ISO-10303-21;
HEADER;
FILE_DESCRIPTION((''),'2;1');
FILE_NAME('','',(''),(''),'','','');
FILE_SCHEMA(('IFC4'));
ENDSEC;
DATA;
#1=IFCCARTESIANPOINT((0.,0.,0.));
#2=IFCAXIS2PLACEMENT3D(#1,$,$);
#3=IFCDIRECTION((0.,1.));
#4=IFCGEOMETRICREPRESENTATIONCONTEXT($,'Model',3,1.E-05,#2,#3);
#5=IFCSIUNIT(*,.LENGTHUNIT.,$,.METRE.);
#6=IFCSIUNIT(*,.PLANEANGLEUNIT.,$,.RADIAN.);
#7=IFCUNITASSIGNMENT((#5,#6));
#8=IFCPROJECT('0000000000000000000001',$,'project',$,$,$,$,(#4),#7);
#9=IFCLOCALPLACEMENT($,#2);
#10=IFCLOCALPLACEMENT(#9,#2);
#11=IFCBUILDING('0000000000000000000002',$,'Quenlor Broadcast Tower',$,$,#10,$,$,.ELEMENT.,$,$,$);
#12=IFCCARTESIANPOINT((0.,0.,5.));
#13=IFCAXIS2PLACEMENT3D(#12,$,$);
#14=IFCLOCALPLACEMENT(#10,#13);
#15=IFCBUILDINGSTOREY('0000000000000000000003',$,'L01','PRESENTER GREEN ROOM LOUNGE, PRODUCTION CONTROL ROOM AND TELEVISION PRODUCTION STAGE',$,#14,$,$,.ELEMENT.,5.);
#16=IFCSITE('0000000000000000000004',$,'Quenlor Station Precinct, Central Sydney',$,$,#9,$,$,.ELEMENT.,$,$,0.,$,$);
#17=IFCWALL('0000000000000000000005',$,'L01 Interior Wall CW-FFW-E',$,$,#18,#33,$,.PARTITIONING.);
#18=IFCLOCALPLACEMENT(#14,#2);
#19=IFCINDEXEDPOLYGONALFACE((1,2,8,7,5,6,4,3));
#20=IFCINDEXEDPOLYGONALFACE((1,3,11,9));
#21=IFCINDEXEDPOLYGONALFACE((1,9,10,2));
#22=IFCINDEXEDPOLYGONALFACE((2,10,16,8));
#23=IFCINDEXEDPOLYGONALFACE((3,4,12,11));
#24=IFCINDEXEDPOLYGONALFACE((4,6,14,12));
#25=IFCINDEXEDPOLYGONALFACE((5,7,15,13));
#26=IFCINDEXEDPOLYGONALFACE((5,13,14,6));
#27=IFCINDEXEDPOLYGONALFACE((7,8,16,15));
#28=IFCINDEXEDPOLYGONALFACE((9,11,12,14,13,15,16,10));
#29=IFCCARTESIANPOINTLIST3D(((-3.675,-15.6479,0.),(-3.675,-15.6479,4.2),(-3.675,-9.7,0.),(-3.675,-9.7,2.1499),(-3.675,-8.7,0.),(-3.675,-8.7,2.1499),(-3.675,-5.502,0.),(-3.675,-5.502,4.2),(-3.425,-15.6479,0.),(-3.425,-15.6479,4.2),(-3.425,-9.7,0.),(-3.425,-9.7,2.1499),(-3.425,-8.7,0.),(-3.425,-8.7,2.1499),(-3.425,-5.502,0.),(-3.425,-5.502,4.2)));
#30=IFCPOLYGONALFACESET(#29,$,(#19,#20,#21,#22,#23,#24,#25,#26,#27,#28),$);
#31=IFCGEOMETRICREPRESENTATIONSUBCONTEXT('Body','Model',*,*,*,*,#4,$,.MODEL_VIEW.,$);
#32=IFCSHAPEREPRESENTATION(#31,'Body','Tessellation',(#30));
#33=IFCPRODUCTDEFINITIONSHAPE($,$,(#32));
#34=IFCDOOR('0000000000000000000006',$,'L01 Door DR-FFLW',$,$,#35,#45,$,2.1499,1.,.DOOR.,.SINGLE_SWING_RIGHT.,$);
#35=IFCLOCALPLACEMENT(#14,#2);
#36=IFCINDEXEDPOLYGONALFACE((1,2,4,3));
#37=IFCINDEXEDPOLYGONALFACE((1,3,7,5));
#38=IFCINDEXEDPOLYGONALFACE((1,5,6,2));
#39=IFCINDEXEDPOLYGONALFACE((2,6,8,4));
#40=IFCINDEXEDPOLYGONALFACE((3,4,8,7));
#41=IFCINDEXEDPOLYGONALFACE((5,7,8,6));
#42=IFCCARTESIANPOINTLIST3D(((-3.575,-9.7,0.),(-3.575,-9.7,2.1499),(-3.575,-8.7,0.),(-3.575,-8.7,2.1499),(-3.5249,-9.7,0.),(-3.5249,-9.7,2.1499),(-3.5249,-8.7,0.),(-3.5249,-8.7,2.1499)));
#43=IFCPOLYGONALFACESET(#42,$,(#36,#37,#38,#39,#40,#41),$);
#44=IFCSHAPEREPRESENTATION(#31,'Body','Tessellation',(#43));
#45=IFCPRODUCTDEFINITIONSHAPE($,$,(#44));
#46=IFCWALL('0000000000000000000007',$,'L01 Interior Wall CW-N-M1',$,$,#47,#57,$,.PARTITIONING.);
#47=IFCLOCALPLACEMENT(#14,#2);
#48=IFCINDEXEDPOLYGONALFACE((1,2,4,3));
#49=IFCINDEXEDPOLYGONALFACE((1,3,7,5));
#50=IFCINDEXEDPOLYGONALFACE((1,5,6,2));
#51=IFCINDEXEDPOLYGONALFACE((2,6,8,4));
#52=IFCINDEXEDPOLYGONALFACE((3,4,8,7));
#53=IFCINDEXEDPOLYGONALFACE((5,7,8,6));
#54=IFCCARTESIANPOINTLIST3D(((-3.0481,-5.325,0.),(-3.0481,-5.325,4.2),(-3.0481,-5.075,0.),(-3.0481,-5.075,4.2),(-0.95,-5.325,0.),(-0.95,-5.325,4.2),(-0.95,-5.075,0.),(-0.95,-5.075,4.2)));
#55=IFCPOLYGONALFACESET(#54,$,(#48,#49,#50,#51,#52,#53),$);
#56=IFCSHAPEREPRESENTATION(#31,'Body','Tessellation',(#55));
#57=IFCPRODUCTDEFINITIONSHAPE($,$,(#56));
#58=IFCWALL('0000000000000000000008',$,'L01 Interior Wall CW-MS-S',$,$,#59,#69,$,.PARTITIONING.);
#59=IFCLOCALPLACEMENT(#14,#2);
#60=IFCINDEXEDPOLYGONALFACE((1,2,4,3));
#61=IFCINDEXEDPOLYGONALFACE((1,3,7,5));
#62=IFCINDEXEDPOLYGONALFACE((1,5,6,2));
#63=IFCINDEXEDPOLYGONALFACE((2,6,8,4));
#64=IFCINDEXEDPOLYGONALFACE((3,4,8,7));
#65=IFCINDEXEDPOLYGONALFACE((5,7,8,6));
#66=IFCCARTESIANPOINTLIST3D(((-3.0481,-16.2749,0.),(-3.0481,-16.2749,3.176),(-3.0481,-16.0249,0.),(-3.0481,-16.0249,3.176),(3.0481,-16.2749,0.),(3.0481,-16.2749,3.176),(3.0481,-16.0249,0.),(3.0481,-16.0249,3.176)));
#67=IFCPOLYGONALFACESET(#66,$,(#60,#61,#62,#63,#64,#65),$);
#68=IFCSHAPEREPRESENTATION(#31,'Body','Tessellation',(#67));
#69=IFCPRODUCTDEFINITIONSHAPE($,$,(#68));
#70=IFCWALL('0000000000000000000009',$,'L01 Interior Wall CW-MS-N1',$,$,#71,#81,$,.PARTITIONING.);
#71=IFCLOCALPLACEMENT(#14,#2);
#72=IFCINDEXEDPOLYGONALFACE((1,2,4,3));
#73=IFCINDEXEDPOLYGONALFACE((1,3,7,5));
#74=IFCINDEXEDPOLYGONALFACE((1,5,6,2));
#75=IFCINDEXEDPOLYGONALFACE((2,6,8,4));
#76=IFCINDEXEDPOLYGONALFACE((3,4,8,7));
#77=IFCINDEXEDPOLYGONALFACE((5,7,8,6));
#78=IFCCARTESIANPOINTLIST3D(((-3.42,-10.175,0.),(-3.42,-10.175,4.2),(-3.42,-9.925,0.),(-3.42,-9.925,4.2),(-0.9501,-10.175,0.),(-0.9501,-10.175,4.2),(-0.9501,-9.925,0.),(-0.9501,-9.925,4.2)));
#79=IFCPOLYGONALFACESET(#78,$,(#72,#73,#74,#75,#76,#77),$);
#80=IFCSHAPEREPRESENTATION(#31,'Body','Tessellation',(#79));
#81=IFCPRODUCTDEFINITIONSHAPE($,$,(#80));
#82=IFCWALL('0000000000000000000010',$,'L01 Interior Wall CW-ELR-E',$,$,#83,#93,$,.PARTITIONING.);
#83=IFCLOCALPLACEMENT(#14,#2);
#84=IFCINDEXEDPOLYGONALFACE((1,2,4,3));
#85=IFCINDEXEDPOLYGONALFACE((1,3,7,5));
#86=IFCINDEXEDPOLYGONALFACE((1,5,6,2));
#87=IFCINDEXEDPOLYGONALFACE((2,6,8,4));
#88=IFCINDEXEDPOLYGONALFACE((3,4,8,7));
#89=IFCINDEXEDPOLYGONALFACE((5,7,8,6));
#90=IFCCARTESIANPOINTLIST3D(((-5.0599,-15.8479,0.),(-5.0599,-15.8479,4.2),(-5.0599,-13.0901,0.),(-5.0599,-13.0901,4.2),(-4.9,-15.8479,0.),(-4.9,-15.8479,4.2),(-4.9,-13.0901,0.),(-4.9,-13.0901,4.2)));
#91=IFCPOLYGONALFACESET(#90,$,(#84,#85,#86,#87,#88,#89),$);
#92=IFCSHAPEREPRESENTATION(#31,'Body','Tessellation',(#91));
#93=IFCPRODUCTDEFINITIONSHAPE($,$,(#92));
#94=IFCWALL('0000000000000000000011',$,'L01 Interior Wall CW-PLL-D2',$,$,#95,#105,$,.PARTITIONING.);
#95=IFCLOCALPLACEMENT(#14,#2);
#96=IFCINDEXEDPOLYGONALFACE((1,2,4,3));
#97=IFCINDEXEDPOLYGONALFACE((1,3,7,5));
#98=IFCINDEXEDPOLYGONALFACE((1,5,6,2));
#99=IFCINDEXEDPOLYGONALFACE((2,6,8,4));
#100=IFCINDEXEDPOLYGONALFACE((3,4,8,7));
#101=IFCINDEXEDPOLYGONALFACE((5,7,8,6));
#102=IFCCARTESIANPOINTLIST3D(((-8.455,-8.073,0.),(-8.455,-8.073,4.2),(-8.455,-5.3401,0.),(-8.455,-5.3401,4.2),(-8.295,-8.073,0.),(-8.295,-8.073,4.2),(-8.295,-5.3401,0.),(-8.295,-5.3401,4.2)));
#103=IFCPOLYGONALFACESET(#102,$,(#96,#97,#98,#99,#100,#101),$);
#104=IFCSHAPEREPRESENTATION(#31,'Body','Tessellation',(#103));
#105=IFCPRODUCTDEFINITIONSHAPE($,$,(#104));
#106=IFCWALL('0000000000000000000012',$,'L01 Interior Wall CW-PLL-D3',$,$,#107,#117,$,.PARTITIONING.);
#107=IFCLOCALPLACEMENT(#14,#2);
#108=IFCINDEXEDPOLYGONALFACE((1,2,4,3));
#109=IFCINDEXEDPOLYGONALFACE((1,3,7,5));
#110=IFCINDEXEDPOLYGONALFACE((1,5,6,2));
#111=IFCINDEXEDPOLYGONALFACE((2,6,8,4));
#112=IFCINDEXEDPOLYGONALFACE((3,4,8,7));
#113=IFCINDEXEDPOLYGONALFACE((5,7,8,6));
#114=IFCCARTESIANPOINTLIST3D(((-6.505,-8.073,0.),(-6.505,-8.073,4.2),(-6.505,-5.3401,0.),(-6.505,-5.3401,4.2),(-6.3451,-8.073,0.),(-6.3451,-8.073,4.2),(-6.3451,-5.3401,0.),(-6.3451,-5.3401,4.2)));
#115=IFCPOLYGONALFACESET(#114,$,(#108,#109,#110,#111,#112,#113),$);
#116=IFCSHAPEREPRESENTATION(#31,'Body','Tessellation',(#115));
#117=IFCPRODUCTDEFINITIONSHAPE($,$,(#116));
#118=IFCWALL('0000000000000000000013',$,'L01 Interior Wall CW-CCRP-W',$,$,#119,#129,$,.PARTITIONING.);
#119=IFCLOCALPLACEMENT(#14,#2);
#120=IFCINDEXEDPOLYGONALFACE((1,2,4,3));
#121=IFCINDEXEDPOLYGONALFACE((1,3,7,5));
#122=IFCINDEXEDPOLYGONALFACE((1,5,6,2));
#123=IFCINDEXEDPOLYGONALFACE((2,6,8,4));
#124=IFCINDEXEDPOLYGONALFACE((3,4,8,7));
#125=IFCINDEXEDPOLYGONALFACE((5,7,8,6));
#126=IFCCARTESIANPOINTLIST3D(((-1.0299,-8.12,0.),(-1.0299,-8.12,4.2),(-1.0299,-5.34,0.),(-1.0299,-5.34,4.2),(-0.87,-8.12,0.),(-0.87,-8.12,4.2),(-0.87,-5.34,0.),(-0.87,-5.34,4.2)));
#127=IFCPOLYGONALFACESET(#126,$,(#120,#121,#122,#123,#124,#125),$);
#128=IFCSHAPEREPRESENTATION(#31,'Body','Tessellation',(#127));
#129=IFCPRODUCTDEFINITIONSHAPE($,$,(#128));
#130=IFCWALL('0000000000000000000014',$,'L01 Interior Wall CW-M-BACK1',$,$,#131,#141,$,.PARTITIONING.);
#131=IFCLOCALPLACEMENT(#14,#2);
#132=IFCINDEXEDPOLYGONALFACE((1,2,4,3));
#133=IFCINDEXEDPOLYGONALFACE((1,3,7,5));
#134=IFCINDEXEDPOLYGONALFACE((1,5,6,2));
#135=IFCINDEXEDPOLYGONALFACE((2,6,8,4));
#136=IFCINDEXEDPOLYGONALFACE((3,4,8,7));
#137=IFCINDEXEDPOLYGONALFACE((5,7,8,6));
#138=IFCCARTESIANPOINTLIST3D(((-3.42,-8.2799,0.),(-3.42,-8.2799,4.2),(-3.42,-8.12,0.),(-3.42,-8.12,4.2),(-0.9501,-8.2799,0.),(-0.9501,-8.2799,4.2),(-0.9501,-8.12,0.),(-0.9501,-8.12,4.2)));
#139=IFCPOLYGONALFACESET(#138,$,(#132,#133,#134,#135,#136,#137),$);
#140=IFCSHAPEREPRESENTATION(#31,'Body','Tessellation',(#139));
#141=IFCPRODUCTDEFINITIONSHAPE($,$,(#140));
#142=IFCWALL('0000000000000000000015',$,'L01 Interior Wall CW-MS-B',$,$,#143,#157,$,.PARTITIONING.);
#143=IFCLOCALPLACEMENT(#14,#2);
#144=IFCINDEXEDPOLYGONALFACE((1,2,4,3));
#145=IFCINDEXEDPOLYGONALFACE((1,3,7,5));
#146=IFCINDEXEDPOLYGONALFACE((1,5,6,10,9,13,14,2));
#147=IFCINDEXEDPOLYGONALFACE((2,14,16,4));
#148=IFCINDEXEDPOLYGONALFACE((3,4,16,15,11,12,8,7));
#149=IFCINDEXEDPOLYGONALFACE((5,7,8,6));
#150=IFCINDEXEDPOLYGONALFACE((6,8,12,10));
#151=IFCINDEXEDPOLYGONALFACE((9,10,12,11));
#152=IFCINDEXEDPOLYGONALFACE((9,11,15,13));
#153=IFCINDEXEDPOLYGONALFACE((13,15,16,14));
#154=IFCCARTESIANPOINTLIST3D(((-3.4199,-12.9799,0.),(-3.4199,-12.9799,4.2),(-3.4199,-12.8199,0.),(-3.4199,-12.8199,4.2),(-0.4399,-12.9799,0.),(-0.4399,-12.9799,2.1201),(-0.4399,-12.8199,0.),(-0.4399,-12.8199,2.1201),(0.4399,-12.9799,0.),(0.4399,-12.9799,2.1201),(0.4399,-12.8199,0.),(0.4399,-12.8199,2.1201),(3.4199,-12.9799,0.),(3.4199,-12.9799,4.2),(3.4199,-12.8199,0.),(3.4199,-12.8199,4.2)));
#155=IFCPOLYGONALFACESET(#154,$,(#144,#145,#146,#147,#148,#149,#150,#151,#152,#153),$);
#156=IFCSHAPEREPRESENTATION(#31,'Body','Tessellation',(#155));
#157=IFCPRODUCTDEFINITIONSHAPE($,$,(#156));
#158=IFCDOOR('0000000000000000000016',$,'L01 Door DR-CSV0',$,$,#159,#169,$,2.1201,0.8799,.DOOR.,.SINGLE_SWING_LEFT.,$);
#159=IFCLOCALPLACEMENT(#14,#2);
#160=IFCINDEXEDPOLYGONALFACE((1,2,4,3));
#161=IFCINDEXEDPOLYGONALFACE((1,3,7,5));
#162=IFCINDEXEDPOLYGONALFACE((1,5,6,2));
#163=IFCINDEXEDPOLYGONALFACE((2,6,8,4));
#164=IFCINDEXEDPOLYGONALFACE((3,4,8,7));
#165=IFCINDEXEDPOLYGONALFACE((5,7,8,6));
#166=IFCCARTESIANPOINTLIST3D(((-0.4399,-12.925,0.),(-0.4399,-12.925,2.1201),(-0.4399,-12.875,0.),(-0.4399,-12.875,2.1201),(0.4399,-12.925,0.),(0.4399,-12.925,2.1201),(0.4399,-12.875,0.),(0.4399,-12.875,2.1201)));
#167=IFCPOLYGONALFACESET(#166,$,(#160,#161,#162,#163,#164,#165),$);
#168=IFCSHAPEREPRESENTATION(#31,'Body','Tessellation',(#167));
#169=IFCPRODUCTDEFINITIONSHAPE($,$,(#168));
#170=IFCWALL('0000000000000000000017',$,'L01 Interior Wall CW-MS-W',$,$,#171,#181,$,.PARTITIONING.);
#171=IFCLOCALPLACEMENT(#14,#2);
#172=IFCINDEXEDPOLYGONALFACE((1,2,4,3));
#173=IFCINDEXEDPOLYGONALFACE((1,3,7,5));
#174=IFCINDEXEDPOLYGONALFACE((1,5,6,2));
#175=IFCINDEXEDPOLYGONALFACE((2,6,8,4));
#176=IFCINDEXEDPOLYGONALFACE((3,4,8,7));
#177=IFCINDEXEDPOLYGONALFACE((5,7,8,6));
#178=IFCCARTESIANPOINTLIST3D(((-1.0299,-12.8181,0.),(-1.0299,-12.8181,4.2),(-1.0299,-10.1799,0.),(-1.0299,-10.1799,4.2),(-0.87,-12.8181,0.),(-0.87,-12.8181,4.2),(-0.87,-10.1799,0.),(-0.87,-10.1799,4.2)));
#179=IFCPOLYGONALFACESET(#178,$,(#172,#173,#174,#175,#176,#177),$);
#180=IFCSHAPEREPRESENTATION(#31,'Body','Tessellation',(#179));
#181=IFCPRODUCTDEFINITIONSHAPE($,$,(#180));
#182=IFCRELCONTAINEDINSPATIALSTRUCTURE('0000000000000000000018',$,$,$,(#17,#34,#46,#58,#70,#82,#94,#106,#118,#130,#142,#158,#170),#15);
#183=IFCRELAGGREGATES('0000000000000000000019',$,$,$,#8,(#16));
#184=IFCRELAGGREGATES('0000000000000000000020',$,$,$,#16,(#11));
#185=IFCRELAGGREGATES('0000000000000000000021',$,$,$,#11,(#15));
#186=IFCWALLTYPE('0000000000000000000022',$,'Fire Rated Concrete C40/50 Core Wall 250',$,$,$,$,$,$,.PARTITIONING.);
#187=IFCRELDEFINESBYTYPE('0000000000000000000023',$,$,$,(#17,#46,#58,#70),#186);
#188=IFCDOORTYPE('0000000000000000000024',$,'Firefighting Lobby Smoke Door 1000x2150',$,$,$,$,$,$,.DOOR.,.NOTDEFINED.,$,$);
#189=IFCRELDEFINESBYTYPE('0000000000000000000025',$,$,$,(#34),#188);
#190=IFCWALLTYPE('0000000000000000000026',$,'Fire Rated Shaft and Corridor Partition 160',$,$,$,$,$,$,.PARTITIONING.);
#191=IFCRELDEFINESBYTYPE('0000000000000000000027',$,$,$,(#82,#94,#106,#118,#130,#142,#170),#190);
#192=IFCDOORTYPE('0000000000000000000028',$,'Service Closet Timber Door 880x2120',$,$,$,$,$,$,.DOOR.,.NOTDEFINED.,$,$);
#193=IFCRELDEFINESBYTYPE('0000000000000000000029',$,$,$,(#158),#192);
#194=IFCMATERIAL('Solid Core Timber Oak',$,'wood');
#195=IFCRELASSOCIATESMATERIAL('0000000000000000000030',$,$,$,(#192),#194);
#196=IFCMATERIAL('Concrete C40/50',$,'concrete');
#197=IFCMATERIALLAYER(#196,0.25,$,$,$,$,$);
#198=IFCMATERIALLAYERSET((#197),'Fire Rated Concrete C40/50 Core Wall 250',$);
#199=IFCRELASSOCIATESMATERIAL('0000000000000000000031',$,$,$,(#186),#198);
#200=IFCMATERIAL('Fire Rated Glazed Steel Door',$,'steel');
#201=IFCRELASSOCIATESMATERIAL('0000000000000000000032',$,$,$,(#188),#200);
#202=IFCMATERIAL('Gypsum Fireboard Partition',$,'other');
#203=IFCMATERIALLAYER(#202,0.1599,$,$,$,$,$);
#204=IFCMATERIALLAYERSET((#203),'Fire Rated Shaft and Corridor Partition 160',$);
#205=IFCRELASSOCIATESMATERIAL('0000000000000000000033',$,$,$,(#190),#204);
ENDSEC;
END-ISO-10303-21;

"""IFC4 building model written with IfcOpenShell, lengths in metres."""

from ifc_helpers import new_model, si_unit, direction, frame, frame_2d, origin, place, context, subcontext, project, spatial, rectangle, extrude, material, layer, layer_set, type_object, element, fill, save


model = new_model("IFC4")

# Units and contexts
model_context = context("Model", 3, precision=1e-05, world=origin(), true_north=direction((0.0, 1.0)))
body_context = subcontext(model_context, "Body", "Model", "MODEL_VIEW")
ifc_project = project(units=[si_unit("LENGTHUNIT", "METRE"), si_unit("PLANEANGLEUNIT", "RADIAN")], contexts=[model_context])

# Site, building, storey
site_placement = place(None, origin())
site = spatial("IfcSite", under=ifc_project, at=site_placement, Name="Quenlor Station Precinct, Central Sydney", CompositionType="ELEMENT", RefElevation=0.0)
building_placement = place(site_placement, origin())
building = spatial("IfcBuilding", under=site, at=building_placement, Name="Quenlor Broadcast Tower", CompositionType="ELEMENT")
storey_placement = place(building_placement, frame((0.0, 0.0, 5.0)))
storey = spatial("IfcBuildingStorey", under=building, at=storey_placement, Name="L01", Description="PRESENTER GREEN ROOM LOUNGE, PRODUCTION CONTROL ROOM AND TELEVISION PRODUCTION STAGE", CompositionType="ELEMENT", Elevation=5.0)

# Shared definitions
ifc_material_1 = material(Name="Solid Core Timber Oak", Category="wood")
door_type_1 = type_object("IfcDoorType", Name="Service Closet Timber Door 880x2120", OperationType="NOTDEFINED", PredefinedType="DOOR", material=ifc_material_1)

# Shared definitions
ifc_material_2 = material(Name="Concrete C40/50", Category="concrete")
ifc_layer_1 = layer(ifc_material_2, 0.25)
ifc_layer_set_1 = layer_set([ifc_layer_1], Name="Fire Rated Concrete C40/50 Core Wall 250")
wall_type_1 = type_object("IfcWallType", Name="Fire Rated Concrete C40/50 Core Wall 250", PredefinedType="PARTITIONING", material=ifc_layer_set_1)

# Wall, opening, door
wall_1_placement = place(storey_placement, frame((-3.55, -15.6479, 0.0), z_axis=(0.0, 0.0, 1.0), x_axis=(0.0, 1.0, 0.0)))
wall_1 = element("IfcWall", 1, at=wall_1_placement, inside=storey, type_object=wall_type_1, Name="L01 Interior Wall CW-FFW-E", PredefinedType="PARTITIONING", context=body_context, shape_type="SweptSolid", body=[
    extrude(rectangle(XDim=10.146, YDim=0.25, at=frame_2d((5.073, 0.0))), origin(), (0.0, 0.0, 1.0), 4.2),
])
opening_1_placement = place(wall_1_placement, frame((5.948, 0.0, 0.0)))
opening_1 = element("IfcOpeningElement", 2, at=opening_1_placement, cuts=wall_1, PredefinedType="OPENING", context=body_context, shape_type="SweptSolid", body=[
    extrude(rectangle(XDim=1.0, YDim=2.1499, at=frame_2d((0.5, 1.075))), frame((0.0, 0.135, 0.0), z_axis=(0.0, -1.0, 0.0), x_axis=(1.0, 0.0, 0.0)), (0.0, 0.0, 1.0), 0.27),
])
ifc_material_3 = material(Name="Fire Rated Glazed Steel Door", Category="steel")
door_type_2 = type_object("IfcDoorType", Name="Firefighting Lobby Smoke Door 1000x2150", OperationType="NOTDEFINED", PredefinedType="DOOR", material=ifc_material_3)
door_1_placement = place(opening_1_placement, origin())
door_1 = element("IfcDoor", 3, at=door_1_placement, inside=storey, type_object=door_type_2, Name="L01 Door DR-FFLW", OperationType="SINGLE_SWING_RIGHT", OverallHeight=2.1499, OverallWidth=1.0, PredefinedType="DOOR", context=body_context, shape_type="SweptSolid", body=[
    extrude(rectangle(XDim=1.0, YDim=2.1499, at=frame_2d((0.5, 1.075))), frame((0.0, 0.0249, 0.0), z_axis=(0.0, -1.0, 0.0), x_axis=(1.0, 0.0, 0.0)), (0.0, 0.0, 1.0), 0.05),
])
fill(opening_1, door_1)

# Walls
wall_2_placement = place(storey_placement, frame((-3.0481, -5.2, 0.0), z_axis=(0.0, 0.0, 1.0), x_axis=(1.0, 0.0, 0.0)))
element("IfcWall", 4, at=wall_2_placement, inside=storey, type_object=wall_type_1, Name="L01 Interior Wall CW-N-M1", PredefinedType="PARTITIONING", context=body_context, shape_type="SweptSolid", body=[
    extrude(rectangle(XDim=2.0981, YDim=0.25, at=frame_2d((1.0491, 0.0))), origin(), (0.0, 0.0, 1.0), 4.2),
])
wall_3_placement = place(storey_placement, frame((-3.0481, -16.1499, 0.0), z_axis=(0.0, 0.0, 1.0), x_axis=(1.0, 0.0, 0.0)))
element("IfcWall", 5, at=wall_3_placement, inside=storey, type_object=wall_type_1, Name="L01 Interior Wall CW-MS-S", PredefinedType="PARTITIONING", context=body_context, shape_type="SweptSolid", body=[
    extrude(rectangle(XDim=6.0962, YDim=0.25, at=frame_2d((3.0481, 0.0))), origin(), (0.0, 0.0, 1.0), 3.176),
])
wall_4_placement = place(storey_placement, frame((-3.4199, -10.05, 0.0), z_axis=(0.0, 0.0, 1.0), x_axis=(1.0, 0.0, 0.0)))
element("IfcWall", 6, at=wall_4_placement, inside=storey, type_object=wall_type_1, Name="L01 Interior Wall CW-MS-N1", PredefinedType="PARTITIONING", context=body_context, shape_type="SweptSolid", body=[
    extrude(rectangle(XDim=2.47, YDim=0.25, at=frame_2d((1.2349, 0.0))), origin(), (0.0, 0.0, 1.0), 4.2),
])
ifc_material_4 = material(Name="Gypsum Fireboard Partition", Category="other")
ifc_layer_2 = layer(ifc_material_4, 0.1599)
ifc_layer_set_2 = layer_set([ifc_layer_2], Name="Fire Rated Shaft and Corridor Partition 160")
wall_type_2 = type_object("IfcWallType", Name="Fire Rated Shaft and Corridor Partition 160", PredefinedType="PARTITIONING", material=ifc_layer_set_2)
wall_5_placement = place(storey_placement, frame((-4.98, -15.8479, 0.0), z_axis=(0.0, 0.0, 1.0), x_axis=(0.0, 1.0, 0.0)))
element("IfcWall", 7, at=wall_5_placement, inside=storey, type_object=wall_type_2, Name="L01 Interior Wall CW-ELR-E", PredefinedType="PARTITIONING", context=body_context, shape_type="SweptSolid", body=[
    extrude(rectangle(XDim=2.7578, YDim=0.1599, at=frame_2d((1.3789, 0.0))), origin(), (0.0, 0.0, 1.0), 4.2),
])
for number, where, z_axis, x_axis, name in (
    (8, (-8.375, -8.073, 0.0), (0.0, 0.0, 1.0), (0.0, 1.0, 0.0), "L01 Interior Wall CW-PLL-D2"),
    (9, (-6.425, -8.073, 0.0), (0.0, 0.0, 1.0), (0.0, 1.0, 0.0), "L01 Interior Wall CW-PLL-D3"),
):
    element("IfcWall", number, at=place(storey_placement, frame(where, z_axis=z_axis, x_axis=x_axis)), inside=storey, type_object=wall_type_2, Name=name, PredefinedType="PARTITIONING", context=body_context, shape_type="SweptSolid", body=[
        extrude(rectangle(XDim=2.7329, YDim=0.1599, at=frame_2d((1.3665, 0.0))), origin(), (0.0, 0.0, 1.0), 4.2),
    ])
wall_6_placement = place(storey_placement, frame((-0.95, -8.1201, 0.0), z_axis=(0.0, 0.0, 1.0), x_axis=(0.0, 1.0, 0.0)))
element("IfcWall", 10, at=wall_6_placement, inside=storey, type_object=wall_type_2, Name="L01 Interior Wall CW-CCRP-W", PredefinedType="PARTITIONING", context=body_context, shape_type="SweptSolid", body=[
    extrude(rectangle(XDim=2.78, YDim=0.1599, at=frame_2d((1.3901, 0.0))), origin(), (0.0, 0.0, 1.0), 4.2),
])
wall_7_placement = place(storey_placement, frame((-3.4199, -8.2, 0.0), z_axis=(0.0, 0.0, 1.0), x_axis=(1.0, 0.0, 0.0)))
element("IfcWall", 11, at=wall_7_placement, inside=storey, type_object=wall_type_2, Name="L01 Interior Wall CW-M-BACK1", PredefinedType="PARTITIONING", context=body_context, shape_type="SweptSolid", body=[
    extrude(rectangle(XDim=2.47, YDim=0.1599, at=frame_2d((1.2349, 0.0))), origin(), (0.0, 0.0, 1.0), 4.2),
])

# Wall, opening, door
wall_8_placement = place(storey_placement, frame((-3.4199, -12.8999, 0.0), z_axis=(0.0, 0.0, 1.0), x_axis=(1.0, 0.0, 0.0)))
wall_8 = element("IfcWall", 12, at=wall_8_placement, inside=storey, type_object=wall_type_2, Name="L01 Interior Wall CW-MS-B", PredefinedType="PARTITIONING", context=body_context, shape_type="SweptSolid", body=[
    extrude(rectangle(XDim=6.8398, YDim=0.1599, at=frame_2d((3.4199, 0.0))), origin(), (0.0, 0.0, 1.0), 4.2),
])
opening_2_placement = place(wall_8_placement, frame((2.98, 0.0, 0.0)))
opening_2 = element("IfcOpeningElement", 13, at=opening_2_placement, cuts=wall_8, PredefinedType="OPENING", context=body_context, shape_type="SweptSolid", body=[
    extrude(rectangle(XDim=0.8799, YDim=2.1201, at=frame_2d((0.4399, 1.0601))), frame((0.0, 0.0898, 0.0), z_axis=(0.0, -1.0, 0.0), x_axis=(1.0, 0.0, 0.0)), (0.0, 0.0, 1.0), 0.1799),
])
door_2_placement = place(opening_2_placement, origin())
door_2 = element("IfcDoor", 14, at=door_2_placement, inside=storey, type_object=door_type_1, Name="L01 Door DR-CSV0", OperationType="SINGLE_SWING_LEFT", OverallHeight=2.1201, OverallWidth=0.8799, PredefinedType="DOOR", context=body_context, shape_type="SweptSolid", body=[
    extrude(rectangle(XDim=0.8799, YDim=2.1201, at=frame_2d((0.4399, 1.0601))), frame((0.0, 0.0249, 0.0), z_axis=(0.0, -1.0, 0.0), x_axis=(1.0, 0.0, 0.0)), (0.0, 0.0, 1.0), 0.05),
])
fill(opening_2, door_2)

# Wall
wall_9_placement = place(storey_placement, frame((-0.95, -12.8181, 0.0), z_axis=(0.0, 0.0, 1.0), x_axis=(0.0, 1.0, 0.0)))
element("IfcWall", 15, at=wall_9_placement, inside=storey, type_object=wall_type_2, Name="L01 Interior Wall CW-MS-W", PredefinedType="PARTITIONING", context=body_context, shape_type="SweptSolid", body=[
    extrude(rectangle(XDim=2.6382, YDim=0.1599, at=frame_2d((1.3191, 0.0))), origin(), (0.0, 0.0, 1.0), 4.2),
])

save(model, "model.ifc")
